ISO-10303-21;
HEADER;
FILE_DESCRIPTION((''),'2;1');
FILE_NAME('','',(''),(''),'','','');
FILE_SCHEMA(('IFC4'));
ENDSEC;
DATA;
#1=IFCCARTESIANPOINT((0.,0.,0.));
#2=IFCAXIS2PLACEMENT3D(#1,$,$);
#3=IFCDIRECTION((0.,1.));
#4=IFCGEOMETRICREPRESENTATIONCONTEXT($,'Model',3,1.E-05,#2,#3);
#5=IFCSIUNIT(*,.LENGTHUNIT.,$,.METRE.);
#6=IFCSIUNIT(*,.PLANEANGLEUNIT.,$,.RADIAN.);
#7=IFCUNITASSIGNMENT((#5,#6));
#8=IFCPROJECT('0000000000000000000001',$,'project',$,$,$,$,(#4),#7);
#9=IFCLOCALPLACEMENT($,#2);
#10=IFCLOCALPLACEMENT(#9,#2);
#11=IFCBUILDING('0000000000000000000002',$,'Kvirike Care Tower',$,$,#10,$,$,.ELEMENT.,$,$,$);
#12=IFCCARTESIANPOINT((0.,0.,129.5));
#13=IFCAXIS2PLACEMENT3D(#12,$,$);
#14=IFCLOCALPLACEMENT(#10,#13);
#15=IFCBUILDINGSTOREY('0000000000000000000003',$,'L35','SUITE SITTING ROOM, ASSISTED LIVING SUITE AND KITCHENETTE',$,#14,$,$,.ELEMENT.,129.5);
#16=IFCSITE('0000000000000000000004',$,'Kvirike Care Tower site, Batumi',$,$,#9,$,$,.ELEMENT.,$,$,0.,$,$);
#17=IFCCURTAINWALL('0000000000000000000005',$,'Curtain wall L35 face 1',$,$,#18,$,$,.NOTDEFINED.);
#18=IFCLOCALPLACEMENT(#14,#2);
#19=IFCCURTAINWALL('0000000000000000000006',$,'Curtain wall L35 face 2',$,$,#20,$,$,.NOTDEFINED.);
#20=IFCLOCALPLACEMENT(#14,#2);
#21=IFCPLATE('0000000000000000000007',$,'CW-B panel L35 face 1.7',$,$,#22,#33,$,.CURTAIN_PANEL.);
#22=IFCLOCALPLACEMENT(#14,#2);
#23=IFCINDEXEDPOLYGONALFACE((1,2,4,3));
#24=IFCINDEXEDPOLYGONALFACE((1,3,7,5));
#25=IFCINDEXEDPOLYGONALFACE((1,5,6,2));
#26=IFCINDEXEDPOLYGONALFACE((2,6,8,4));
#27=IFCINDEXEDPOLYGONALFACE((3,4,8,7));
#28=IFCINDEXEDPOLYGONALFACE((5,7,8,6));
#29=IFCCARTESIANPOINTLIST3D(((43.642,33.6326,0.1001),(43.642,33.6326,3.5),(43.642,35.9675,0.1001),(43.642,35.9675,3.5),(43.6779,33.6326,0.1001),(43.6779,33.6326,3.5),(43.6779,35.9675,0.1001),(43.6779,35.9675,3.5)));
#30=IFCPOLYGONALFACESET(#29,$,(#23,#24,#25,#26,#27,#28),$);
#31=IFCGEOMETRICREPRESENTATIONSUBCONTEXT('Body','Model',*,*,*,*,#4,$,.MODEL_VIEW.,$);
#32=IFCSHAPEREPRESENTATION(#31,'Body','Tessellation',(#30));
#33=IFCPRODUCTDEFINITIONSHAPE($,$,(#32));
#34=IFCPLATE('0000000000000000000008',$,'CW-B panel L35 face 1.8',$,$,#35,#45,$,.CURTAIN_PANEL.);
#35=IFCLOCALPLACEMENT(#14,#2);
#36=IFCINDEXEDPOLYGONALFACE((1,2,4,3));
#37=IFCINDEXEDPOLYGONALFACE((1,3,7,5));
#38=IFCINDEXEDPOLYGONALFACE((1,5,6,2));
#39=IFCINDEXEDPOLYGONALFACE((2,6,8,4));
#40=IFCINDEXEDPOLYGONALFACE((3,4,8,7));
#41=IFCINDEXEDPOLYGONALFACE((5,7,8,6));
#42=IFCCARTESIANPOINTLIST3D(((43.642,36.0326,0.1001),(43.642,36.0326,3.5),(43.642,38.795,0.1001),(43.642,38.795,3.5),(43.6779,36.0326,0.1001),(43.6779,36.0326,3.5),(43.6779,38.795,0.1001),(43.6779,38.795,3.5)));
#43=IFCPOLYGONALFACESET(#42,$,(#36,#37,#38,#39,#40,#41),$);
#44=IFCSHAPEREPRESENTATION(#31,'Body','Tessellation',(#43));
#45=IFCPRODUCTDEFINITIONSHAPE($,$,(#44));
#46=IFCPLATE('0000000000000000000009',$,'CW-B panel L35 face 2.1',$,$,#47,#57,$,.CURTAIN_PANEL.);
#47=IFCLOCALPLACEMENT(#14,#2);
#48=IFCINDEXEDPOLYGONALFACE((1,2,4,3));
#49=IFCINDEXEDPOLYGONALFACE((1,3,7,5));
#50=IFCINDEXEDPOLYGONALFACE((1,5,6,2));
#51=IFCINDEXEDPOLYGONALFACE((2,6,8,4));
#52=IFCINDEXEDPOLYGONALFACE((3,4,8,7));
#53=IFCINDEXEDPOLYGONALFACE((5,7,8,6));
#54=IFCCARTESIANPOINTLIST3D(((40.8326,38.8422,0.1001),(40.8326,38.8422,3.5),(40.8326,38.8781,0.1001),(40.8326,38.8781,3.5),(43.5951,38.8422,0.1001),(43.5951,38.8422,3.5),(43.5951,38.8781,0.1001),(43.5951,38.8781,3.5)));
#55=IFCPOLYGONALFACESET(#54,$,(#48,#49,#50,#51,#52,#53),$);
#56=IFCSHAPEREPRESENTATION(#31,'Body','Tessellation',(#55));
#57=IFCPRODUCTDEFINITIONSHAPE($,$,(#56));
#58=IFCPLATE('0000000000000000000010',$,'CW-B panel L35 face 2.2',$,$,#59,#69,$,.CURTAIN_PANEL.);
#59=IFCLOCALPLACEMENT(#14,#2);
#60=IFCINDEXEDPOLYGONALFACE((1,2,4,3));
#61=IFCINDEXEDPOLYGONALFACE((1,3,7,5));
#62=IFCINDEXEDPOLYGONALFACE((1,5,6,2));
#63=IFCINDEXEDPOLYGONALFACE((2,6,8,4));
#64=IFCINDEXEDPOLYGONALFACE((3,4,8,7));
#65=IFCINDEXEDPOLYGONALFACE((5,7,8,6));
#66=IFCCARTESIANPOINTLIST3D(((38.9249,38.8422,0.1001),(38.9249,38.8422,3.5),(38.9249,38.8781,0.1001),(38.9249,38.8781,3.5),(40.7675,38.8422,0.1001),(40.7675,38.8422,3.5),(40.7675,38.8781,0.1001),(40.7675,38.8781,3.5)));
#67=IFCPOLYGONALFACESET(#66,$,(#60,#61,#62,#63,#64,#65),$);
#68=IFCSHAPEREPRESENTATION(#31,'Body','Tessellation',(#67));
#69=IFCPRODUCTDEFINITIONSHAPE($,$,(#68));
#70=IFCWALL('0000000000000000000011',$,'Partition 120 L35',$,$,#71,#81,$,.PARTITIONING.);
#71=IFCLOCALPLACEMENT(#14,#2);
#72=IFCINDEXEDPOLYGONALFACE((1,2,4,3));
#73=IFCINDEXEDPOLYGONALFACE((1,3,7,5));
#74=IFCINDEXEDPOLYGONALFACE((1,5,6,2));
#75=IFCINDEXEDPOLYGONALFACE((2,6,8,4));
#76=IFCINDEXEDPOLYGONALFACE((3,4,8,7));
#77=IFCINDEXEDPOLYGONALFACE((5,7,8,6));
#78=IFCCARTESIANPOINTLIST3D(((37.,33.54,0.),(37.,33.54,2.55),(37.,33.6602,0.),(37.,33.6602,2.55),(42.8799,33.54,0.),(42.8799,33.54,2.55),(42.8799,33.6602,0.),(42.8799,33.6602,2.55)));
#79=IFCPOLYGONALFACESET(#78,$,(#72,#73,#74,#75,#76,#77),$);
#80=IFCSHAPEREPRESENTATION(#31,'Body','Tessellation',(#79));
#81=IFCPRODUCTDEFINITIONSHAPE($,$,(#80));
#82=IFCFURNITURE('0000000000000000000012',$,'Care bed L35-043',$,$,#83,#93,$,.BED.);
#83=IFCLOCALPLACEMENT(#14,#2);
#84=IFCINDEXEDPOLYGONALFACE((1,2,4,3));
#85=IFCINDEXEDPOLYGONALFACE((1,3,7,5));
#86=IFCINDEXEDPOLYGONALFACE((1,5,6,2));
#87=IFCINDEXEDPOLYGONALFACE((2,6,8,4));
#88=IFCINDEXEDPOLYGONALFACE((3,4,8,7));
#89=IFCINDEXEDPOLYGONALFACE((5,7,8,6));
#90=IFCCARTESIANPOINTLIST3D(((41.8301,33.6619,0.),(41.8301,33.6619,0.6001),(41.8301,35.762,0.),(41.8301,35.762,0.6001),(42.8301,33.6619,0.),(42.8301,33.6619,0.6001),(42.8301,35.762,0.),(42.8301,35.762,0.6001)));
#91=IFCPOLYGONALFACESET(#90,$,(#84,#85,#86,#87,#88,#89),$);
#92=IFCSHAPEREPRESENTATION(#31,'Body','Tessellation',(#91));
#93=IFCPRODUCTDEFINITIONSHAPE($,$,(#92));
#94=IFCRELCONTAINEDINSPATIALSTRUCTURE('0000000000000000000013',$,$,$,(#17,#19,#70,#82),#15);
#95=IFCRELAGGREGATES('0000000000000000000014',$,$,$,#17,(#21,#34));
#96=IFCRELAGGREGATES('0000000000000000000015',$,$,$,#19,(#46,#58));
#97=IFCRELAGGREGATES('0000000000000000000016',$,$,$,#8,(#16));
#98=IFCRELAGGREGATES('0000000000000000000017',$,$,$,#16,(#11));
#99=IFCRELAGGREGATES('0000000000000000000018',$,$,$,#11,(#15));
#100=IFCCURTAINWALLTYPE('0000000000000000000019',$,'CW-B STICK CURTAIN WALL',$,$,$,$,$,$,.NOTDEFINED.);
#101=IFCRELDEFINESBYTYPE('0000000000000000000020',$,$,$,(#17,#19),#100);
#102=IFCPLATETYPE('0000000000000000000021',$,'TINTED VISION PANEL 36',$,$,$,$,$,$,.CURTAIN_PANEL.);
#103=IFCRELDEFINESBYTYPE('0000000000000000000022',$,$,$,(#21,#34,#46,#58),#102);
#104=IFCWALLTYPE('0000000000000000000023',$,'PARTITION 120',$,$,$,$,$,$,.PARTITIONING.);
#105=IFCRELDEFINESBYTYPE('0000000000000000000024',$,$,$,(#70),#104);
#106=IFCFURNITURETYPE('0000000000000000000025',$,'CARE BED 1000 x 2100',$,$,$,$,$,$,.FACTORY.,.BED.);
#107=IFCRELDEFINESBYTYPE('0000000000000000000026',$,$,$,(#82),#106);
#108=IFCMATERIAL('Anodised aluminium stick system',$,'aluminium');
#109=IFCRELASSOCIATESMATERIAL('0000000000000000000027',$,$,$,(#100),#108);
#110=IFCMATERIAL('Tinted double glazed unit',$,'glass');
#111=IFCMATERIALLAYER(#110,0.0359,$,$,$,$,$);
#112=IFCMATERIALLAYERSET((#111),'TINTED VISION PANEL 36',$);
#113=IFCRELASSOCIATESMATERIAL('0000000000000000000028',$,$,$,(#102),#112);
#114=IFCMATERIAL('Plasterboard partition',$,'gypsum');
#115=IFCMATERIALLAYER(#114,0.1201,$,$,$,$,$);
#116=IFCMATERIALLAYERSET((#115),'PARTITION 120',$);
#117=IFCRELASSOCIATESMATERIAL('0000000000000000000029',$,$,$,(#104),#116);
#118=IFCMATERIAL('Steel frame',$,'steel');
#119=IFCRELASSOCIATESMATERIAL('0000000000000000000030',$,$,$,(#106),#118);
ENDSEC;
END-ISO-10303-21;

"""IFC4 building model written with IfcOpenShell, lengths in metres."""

from ifc_helpers import new_model, si_unit, direction, frame, frame_2d, origin, origin_2d, place, context, subcontext, project, spatial, rectangle, extrude, material, layer, layer_set, type_object, element, aggregate, save


model = new_model("IFC4")

# Units and contexts
model_context = context("Model", 3, precision=1e-05, world=origin(), true_north=direction((0.0, 1.0)))
body_context = subcontext(model_context, "Body", "Model", "MODEL_VIEW")
ifc_project = project(units=[si_unit("LENGTHUNIT", "METRE"), si_unit("PLANEANGLEUNIT", "RADIAN")], contexts=[model_context])

# Site, building, storey
site_placement = place(None, origin())
site = spatial("IfcSite", under=ifc_project, at=site_placement, Name="Kvirike Care Tower site, Batumi", CompositionType="ELEMENT", RefElevation=0.0)
building_placement = place(site_placement, origin())
building = spatial("IfcBuilding", under=site, at=building_placement, Name="Kvirike Care Tower", CompositionType="ELEMENT")
storey_placement = place(building_placement, frame((0.0, 0.0, 129.5)))
storey = spatial("IfcBuildingStorey", under=building, at=storey_placement, Name="L35", Description="SUITE SITTING ROOM, ASSISTED LIVING SUITE AND KITCHENETTE", CompositionType="ELEMENT", Elevation=129.5)

# Curtain walls
ifc_material_1 = material(Name="Anodised aluminium stick system", Category="aluminium")
curtain_wall_type = type_object("IfcCurtainWallType", Name="CW-B STICK CURTAIN WALL", PredefinedType="NOTDEFINED", material=ifc_material_1)
curtain_wall_1_placement = place(storey_placement, origin())
curtain_wall_1 = element("IfcCurtainWall", 1, at=curtain_wall_1_placement, inside=storey, type_object=curtain_wall_type, Name="Curtain wall L35 face 1", PredefinedType="NOTDEFINED")
curtain_wall_2_placement = place(storey_placement, origin())
curtain_wall_2 = element("IfcCurtainWall", 2, at=curtain_wall_2_placement, inside=storey, type_object=curtain_wall_type, Name="Curtain wall L35 face 2", PredefinedType="NOTDEFINED")

# Plates
ifc_material_2 = material(Name="Tinted double glazed unit", Category="glass")
ifc_layer_1 = layer(ifc_material_2, 0.0359)
ifc_layer_set_1 = layer_set([ifc_layer_1], Name="TINTED VISION PANEL 36")
plate_type = type_object("IfcPlateType", Name="TINTED VISION PANEL 36", PredefinedType="CURTAIN_PANEL", material=ifc_layer_set_1)
plate_1_placement = place(storey_placement, frame((43.6599, 34.8, 0.1001), z_axis=(0.0, 0.0, 1.0), x_axis=(0.0, 1.0, 0.0)))
plate_1 = element("IfcPlate", 3, at=plate_1_placement, type_object=plate_type, Name="CW-B panel L35 face 1.7", PredefinedType="CURTAIN_PANEL", context=body_context, shape_type="SweptSolid", body=[
    extrude(rectangle(XDim=2.335, YDim=0.0359, at=origin_2d()), origin(), (0.0, 0.0, 1.0), 3.3999),
])
plate_2_placement = place(storey_placement, frame((43.6599, 37.4138, 0.1001), z_axis=(0.0, 0.0, 1.0), x_axis=(0.0, 1.0, 0.0)))
plate_2 = element("IfcPlate", 4, at=plate_2_placement, type_object=plate_type, Name="CW-B panel L35 face 1.8", PredefinedType="CURTAIN_PANEL", context=body_context, shape_type="SweptSolid", body=[
    extrude(rectangle(XDim=2.7625, YDim=0.0359, at=origin_2d()), origin(), (0.0, 0.0, 1.0), 3.3999),
])
aggregate(curtain_wall_1, [plate_1, plate_2])
plate_3_placement = place(storey_placement, frame((42.2139, 38.8601, 0.1001), z_axis=(0.0, 0.0, 1.0), x_axis=(-1.0, 0.0, 0.0)))
plate_3 = element("IfcPlate", 5, at=plate_3_placement, type_object=plate_type, Name="CW-B panel L35 face 2.1", PredefinedType="CURTAIN_PANEL", context=body_context, shape_type="SweptSolid", body=[
    extrude(rectangle(XDim=2.7625, YDim=0.0359, at=origin_2d()), origin(), (0.0, 0.0, 1.0), 3.3999),
])
plate_4_placement = place(storey_placement, frame((39.8462, 38.8601, 0.1001), z_axis=(0.0, 0.0, 1.0), x_axis=(-1.0, 0.0, 0.0)))
plate_4 = element("IfcPlate", 6, at=plate_4_placement, type_object=plate_type, Name="CW-B panel L35 face 2.2", PredefinedType="CURTAIN_PANEL", context=body_context, shape_type="SweptSolid", body=[
    extrude(rectangle(XDim=1.8425, YDim=0.0359, at=origin_2d()), origin(), (0.0, 0.0, 1.0), 3.3999),
])
aggregate(curtain_wall_2, [plate_3, plate_4])

# Wall
ifc_material_3 = material(Name="Plasterboard partition", Category="gypsum")
ifc_layer_2 = layer(ifc_material_3, 0.1201)
ifc_layer_set_2 = layer_set([ifc_layer_2], Name="PARTITION 120")
wall_type = type_object("IfcWallType", Name="PARTITION 120", PredefinedType="PARTITIONING", material=ifc_layer_set_2)
wall_placement = place(storey_placement, frame((42.8799, 33.6001, 0.0), z_axis=(0.0, 0.0, 1.0), x_axis=(-1.0, 0.0, 0.0)))
element("IfcWall", 7, at=wall_placement, inside=storey, type_object=wall_type, Name="Partition 120 L35", PredefinedType="PARTITIONING", context=body_context, shape_type="SweptSolid", body=[
    extrude(rectangle(XDim=5.8799, YDim=0.1201, at=frame_2d((2.9399, 0.0))), origin(), (0.0, 0.0, 1.0), 2.55),
])

# Furniture
ifc_material_4 = material(Name="Steel frame", Category="steel")
furniture_type = type_object("IfcFurnitureType", Name="CARE BED 1000 x 2100", AssemblyPlace="FACTORY", PredefinedType="BED", material=ifc_material_4)
furniture_placement = place(storey_placement, frame((42.3301, 34.7119, 0.0), z_axis=(0.0, 0.0, 1.0), x_axis=(-1.0, 0.0, 0.0)))
element("IfcFurniture", 8, at=furniture_placement, inside=storey, type_object=furniture_type, Name="Care bed L35-043", PredefinedType="BED", context=body_context, shape_type="SweptSolid", body=[
    extrude(rectangle(XDim=1.0, YDim=2.1001, at=origin_2d()), origin(), (0.0, 0.0, 1.0), 0.6001),
])

save(model, "model.ifc")
